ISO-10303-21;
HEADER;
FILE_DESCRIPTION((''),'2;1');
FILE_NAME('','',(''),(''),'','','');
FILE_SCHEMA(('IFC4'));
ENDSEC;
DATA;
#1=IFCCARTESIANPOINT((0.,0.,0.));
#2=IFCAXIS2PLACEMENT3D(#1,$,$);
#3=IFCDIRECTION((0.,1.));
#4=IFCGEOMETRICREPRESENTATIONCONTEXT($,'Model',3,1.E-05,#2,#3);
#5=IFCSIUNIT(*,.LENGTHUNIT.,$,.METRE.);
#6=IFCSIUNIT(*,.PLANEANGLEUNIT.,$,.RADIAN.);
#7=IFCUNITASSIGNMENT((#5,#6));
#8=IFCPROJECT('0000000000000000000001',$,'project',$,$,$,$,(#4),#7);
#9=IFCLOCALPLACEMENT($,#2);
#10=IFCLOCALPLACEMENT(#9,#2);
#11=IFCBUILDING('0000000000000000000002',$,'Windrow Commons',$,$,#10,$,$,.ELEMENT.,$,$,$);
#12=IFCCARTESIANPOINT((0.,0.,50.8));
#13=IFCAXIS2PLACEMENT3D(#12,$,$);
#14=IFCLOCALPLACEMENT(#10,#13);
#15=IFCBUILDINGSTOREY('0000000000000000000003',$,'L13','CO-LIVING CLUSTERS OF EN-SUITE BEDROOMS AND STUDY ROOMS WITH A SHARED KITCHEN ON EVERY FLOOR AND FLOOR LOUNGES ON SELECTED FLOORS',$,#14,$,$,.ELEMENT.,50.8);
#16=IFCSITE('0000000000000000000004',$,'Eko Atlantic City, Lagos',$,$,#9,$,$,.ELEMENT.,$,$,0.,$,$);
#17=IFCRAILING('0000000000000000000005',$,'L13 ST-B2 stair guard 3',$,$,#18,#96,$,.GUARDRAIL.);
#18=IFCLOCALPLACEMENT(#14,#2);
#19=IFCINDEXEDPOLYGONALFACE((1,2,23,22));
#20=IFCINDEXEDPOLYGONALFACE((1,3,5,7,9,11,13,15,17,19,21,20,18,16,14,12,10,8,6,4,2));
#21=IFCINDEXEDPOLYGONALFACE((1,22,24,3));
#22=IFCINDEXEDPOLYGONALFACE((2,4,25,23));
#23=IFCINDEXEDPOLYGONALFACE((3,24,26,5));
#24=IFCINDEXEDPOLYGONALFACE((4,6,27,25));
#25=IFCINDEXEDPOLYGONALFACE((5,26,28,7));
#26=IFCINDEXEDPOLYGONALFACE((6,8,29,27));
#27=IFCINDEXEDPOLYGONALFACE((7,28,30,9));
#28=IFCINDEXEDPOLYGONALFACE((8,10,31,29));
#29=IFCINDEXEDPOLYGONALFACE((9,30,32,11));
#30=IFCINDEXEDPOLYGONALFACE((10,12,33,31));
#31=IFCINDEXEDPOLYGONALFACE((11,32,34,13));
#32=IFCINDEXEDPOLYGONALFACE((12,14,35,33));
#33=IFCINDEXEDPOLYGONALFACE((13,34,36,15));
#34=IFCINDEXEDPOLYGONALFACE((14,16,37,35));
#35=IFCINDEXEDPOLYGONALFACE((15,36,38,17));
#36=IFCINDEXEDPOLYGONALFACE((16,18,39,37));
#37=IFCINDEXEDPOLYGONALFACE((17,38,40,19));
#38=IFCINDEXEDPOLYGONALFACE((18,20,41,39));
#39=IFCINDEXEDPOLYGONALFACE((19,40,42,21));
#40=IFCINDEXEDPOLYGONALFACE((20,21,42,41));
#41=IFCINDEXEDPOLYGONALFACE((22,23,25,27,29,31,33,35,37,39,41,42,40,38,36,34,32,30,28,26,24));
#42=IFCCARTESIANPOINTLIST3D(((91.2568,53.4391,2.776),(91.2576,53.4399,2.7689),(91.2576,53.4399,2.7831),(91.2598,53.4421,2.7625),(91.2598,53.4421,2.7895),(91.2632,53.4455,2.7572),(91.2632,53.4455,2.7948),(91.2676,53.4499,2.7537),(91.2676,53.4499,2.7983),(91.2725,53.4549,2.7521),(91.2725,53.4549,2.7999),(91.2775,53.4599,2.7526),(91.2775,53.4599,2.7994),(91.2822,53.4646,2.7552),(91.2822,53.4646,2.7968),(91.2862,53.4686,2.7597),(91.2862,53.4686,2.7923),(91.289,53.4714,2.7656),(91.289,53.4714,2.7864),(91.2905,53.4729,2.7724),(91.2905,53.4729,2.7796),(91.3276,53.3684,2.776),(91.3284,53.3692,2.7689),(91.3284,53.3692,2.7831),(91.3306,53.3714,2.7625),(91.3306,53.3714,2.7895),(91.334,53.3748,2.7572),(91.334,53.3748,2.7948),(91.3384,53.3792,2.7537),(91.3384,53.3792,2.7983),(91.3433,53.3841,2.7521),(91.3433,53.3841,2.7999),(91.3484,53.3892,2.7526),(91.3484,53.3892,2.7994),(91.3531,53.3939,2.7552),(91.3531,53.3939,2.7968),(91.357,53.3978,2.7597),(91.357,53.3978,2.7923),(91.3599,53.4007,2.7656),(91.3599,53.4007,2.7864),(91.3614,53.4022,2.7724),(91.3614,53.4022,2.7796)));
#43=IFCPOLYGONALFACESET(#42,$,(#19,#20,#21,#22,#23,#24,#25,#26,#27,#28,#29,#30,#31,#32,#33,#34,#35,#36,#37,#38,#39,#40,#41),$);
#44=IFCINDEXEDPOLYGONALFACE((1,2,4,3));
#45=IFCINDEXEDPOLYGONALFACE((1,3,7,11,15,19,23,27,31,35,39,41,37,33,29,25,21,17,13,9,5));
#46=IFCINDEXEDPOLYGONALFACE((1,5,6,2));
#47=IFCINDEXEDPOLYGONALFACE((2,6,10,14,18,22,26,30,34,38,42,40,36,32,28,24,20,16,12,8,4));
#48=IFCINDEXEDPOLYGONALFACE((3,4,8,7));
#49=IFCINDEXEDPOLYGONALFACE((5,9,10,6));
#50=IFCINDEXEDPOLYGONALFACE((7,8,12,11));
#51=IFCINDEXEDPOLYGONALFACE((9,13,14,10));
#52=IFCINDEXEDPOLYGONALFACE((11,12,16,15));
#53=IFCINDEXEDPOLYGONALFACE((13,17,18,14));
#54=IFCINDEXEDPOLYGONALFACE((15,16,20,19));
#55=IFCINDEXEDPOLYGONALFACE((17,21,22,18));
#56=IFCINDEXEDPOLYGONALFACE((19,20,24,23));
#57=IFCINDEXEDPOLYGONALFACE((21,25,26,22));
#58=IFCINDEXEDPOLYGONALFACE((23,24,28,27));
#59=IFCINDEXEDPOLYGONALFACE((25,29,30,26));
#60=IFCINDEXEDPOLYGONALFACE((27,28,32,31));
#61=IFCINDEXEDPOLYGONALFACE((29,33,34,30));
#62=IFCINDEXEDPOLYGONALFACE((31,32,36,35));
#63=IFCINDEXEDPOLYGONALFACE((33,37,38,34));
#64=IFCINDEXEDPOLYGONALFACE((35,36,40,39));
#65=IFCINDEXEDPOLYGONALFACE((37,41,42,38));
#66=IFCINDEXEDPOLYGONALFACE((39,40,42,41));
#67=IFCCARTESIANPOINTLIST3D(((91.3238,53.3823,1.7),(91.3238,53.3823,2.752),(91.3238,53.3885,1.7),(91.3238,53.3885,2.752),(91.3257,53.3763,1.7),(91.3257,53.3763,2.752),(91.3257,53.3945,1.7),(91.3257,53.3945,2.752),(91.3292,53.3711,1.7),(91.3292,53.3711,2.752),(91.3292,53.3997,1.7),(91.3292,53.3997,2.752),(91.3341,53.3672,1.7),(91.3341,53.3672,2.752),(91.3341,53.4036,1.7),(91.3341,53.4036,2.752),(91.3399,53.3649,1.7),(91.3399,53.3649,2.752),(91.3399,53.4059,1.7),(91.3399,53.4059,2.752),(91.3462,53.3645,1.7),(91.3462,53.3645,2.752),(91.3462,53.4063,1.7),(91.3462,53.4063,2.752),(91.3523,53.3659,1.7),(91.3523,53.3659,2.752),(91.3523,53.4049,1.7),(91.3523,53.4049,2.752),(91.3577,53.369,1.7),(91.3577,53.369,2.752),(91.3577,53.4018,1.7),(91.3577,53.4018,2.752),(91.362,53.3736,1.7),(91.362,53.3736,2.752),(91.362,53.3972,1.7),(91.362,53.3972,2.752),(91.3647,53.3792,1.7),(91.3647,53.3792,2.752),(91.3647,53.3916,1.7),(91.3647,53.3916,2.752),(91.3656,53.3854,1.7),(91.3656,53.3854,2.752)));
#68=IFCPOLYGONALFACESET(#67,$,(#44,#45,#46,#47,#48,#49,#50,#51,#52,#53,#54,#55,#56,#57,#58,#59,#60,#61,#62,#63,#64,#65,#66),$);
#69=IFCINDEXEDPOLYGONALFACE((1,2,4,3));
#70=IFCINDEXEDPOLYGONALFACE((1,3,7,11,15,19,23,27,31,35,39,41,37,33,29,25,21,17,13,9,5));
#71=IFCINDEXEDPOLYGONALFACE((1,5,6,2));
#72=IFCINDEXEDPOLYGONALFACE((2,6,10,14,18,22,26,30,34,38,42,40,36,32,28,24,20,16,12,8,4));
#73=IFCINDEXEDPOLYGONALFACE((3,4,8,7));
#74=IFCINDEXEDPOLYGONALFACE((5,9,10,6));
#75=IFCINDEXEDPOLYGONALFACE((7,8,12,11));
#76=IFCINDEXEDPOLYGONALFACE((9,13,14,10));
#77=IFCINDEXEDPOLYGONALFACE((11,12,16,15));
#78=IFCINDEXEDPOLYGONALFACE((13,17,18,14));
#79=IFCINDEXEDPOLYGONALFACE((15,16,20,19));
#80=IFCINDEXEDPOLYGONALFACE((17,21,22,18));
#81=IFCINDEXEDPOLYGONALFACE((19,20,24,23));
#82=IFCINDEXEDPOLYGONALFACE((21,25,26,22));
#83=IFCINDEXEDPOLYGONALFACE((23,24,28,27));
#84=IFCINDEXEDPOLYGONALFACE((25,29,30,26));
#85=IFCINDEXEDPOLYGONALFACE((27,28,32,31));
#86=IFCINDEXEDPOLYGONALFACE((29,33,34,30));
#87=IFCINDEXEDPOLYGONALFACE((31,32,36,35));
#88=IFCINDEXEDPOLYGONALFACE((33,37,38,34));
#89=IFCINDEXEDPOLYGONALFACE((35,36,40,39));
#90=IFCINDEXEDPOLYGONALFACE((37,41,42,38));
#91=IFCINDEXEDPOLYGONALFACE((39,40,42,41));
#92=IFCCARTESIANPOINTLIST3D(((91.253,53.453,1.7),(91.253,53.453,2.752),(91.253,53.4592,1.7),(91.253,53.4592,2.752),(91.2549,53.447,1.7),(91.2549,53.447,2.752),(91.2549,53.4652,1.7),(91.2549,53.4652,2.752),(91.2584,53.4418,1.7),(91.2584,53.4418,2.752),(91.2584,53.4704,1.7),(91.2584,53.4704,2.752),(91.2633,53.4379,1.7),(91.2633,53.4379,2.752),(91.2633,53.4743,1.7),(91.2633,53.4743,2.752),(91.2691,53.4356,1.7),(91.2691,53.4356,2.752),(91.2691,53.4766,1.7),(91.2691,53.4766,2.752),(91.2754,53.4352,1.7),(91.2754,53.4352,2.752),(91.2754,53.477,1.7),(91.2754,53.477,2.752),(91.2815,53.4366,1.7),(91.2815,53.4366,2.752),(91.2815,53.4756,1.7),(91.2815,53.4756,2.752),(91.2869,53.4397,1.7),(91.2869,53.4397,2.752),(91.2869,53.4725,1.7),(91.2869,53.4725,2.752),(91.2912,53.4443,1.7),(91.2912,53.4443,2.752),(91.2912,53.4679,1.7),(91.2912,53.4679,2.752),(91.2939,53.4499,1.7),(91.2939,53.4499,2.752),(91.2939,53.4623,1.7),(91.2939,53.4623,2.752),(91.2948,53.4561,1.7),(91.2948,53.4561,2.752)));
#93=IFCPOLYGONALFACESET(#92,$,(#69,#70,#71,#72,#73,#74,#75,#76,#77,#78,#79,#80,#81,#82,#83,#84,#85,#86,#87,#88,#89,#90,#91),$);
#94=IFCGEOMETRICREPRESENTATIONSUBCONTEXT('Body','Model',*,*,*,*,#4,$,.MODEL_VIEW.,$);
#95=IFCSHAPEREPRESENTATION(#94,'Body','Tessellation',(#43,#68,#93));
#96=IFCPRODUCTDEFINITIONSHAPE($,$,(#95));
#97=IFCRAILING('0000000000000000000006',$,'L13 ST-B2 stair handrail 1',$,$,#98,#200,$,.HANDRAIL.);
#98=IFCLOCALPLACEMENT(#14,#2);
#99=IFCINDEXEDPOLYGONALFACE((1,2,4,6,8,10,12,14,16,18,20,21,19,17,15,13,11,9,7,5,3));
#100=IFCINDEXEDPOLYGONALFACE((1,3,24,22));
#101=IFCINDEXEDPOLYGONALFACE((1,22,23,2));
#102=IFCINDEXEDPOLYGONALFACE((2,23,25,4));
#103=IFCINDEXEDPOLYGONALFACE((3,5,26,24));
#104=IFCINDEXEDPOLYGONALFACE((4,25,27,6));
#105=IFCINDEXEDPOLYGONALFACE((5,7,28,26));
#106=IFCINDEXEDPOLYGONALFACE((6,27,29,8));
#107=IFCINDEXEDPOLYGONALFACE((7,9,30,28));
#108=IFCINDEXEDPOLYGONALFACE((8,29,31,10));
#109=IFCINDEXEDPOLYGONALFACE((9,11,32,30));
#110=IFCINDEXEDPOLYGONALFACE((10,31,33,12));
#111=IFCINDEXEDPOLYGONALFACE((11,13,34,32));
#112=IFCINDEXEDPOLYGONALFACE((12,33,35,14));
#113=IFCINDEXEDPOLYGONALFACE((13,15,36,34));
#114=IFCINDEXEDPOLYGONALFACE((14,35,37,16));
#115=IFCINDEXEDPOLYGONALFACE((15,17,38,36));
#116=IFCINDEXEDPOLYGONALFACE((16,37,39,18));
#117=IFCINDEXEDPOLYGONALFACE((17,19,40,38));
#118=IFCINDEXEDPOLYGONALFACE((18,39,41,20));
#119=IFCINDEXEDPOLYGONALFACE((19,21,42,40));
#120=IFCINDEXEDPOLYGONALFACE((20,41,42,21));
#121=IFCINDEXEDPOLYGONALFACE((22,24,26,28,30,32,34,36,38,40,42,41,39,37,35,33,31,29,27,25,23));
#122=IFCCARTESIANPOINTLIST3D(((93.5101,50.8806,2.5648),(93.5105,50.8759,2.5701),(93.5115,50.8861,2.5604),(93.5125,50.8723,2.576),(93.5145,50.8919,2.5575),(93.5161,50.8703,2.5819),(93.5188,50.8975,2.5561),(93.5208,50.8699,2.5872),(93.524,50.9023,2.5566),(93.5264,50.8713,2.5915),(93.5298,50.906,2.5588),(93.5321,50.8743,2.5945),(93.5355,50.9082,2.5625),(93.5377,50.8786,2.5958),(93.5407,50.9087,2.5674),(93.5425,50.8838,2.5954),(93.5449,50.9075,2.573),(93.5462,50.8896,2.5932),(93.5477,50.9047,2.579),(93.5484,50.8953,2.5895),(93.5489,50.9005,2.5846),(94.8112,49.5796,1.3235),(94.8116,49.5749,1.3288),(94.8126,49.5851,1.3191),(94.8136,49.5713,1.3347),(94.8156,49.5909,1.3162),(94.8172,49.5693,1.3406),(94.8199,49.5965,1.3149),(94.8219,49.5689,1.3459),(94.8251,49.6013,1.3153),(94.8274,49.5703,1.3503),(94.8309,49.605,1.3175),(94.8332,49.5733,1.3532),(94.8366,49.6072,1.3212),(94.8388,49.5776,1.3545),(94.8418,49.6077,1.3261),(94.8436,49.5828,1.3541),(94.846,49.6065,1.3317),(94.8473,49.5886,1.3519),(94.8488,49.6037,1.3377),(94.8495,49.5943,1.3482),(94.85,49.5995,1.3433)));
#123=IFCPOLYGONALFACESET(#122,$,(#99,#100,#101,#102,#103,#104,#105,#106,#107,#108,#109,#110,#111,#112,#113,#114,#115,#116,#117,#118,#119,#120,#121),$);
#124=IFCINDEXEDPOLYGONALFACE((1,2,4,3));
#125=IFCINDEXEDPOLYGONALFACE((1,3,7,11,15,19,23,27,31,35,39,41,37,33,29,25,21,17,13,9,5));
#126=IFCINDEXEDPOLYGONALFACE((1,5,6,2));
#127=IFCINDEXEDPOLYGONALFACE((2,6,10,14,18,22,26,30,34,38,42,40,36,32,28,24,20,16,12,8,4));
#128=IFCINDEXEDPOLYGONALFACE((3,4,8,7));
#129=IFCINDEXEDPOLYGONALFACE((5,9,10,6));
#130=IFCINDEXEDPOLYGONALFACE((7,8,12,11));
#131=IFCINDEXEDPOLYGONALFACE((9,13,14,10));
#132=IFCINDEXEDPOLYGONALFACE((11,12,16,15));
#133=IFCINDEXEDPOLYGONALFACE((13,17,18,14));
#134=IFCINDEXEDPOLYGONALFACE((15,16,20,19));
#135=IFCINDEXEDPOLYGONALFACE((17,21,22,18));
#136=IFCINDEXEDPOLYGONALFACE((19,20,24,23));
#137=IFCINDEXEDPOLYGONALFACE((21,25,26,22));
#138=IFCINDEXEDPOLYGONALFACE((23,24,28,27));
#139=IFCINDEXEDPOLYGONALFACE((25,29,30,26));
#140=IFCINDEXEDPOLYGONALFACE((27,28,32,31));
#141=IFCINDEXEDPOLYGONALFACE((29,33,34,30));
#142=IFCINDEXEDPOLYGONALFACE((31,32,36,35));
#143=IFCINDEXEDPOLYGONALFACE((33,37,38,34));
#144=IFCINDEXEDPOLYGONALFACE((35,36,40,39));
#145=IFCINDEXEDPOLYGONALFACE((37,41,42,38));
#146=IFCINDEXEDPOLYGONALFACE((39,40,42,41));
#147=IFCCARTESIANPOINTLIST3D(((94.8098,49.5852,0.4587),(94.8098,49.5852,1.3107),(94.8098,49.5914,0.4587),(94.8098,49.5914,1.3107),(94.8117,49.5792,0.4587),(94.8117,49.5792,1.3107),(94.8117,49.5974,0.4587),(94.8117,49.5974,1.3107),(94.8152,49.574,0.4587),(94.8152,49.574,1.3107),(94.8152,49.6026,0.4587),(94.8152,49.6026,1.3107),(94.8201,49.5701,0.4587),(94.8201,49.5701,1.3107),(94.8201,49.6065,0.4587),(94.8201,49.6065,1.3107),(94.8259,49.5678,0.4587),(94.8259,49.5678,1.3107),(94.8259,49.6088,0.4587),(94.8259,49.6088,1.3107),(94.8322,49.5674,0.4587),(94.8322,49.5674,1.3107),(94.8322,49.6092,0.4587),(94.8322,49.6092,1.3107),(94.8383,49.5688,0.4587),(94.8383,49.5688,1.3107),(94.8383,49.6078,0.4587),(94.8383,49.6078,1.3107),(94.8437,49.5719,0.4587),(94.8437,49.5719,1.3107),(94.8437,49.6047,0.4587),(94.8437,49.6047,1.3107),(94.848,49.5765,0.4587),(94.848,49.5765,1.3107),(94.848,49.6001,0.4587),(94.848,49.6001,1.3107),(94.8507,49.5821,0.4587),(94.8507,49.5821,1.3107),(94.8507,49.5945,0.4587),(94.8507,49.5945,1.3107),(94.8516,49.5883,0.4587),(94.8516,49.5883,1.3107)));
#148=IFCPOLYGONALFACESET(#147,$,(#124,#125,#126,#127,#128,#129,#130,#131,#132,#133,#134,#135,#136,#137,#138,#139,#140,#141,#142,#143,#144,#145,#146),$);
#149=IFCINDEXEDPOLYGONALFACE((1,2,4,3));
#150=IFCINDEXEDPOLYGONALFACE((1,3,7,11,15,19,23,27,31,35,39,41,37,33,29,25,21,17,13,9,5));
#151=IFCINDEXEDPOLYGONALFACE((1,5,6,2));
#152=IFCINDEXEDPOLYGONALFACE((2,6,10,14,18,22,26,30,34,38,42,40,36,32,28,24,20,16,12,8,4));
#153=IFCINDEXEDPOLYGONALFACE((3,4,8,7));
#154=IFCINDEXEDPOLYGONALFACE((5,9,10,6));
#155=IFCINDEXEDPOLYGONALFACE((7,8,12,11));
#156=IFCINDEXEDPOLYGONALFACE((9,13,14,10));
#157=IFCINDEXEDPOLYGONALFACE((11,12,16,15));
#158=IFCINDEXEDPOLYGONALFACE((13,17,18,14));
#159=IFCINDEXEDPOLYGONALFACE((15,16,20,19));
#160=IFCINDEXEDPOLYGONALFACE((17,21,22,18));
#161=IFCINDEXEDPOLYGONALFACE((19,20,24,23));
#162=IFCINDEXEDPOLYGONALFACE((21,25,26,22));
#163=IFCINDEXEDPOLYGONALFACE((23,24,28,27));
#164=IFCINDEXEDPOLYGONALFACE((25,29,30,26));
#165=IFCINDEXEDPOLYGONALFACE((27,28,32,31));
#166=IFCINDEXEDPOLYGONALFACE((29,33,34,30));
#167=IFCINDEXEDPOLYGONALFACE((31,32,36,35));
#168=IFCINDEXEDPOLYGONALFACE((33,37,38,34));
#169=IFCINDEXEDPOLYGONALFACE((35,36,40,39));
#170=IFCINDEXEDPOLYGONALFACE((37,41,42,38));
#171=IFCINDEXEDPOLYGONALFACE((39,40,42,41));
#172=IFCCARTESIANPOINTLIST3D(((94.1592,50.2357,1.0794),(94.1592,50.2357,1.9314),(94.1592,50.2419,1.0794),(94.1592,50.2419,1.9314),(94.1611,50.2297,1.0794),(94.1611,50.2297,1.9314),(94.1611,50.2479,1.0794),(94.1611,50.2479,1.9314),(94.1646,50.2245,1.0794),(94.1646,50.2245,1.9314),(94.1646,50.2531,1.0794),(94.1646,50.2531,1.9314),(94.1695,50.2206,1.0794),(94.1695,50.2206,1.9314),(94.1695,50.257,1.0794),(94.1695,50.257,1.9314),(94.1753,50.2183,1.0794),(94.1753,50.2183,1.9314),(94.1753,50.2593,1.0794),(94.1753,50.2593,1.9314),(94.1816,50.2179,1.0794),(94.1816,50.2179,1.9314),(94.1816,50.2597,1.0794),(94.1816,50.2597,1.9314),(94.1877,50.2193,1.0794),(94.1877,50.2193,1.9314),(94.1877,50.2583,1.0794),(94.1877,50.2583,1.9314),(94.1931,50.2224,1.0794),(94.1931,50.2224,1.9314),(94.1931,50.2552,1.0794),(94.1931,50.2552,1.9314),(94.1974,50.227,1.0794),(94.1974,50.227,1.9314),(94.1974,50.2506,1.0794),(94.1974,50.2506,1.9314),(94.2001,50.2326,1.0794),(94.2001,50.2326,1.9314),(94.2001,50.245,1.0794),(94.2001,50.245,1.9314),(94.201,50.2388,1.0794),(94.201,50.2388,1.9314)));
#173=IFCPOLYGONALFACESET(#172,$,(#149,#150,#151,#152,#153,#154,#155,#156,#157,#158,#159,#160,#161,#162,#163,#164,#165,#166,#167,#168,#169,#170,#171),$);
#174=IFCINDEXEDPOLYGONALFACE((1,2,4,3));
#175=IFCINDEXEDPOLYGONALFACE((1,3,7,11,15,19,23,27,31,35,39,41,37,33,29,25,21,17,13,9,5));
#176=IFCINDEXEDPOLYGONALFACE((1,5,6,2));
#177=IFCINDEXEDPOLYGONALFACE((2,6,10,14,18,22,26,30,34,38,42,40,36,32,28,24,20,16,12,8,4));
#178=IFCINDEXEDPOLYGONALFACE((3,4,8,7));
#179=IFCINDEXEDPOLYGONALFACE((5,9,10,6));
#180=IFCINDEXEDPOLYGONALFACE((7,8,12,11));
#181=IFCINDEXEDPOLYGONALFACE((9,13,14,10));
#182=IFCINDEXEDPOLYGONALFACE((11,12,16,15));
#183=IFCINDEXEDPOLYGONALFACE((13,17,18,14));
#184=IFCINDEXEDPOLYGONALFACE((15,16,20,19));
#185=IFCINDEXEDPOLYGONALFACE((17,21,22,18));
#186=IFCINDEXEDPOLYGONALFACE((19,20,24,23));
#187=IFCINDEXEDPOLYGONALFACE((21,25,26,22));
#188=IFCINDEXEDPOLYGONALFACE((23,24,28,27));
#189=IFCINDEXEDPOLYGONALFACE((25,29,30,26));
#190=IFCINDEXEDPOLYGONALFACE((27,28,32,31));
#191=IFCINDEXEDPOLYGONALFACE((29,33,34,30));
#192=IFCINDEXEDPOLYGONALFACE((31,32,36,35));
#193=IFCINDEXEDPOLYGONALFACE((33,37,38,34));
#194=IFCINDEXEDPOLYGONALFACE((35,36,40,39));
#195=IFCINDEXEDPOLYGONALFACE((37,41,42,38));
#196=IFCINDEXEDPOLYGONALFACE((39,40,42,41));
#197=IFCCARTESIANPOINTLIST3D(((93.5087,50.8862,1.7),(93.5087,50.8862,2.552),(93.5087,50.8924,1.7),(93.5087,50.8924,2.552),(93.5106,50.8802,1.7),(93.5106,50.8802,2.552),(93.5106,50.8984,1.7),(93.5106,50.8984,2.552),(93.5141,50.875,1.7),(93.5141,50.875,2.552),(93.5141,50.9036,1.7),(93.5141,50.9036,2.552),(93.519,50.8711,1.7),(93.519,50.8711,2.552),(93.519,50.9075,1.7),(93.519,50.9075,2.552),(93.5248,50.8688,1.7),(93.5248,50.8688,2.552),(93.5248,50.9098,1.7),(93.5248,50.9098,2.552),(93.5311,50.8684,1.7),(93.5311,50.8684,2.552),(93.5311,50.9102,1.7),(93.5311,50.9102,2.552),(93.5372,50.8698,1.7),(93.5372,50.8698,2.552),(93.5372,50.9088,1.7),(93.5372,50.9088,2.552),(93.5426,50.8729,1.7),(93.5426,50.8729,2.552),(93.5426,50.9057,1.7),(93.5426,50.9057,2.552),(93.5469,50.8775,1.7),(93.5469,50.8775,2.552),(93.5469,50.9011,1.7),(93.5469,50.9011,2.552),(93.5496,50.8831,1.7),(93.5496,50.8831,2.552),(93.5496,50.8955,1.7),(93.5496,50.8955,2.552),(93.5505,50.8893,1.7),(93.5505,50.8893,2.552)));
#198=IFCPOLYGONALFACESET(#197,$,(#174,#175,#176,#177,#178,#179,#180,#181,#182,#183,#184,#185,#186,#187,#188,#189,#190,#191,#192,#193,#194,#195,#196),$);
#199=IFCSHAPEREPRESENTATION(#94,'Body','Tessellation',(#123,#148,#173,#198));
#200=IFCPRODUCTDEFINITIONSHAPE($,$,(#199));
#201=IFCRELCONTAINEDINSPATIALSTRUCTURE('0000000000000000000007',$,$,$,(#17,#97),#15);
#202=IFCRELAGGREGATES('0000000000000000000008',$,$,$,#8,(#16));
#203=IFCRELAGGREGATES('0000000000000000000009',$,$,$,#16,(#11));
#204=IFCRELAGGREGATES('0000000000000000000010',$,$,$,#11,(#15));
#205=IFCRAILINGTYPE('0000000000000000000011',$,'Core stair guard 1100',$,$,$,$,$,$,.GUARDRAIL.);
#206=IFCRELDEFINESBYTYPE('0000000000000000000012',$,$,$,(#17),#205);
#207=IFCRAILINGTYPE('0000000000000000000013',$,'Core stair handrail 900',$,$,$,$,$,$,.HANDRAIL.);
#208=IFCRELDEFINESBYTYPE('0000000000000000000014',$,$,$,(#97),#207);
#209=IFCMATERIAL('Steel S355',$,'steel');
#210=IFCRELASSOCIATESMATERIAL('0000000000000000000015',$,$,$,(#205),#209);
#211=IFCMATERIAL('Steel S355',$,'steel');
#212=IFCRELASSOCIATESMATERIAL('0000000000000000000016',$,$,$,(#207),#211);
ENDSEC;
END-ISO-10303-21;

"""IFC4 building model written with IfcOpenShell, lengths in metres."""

from ifc_helpers import new_model, si_unit, direction, frame, origin, origin_2d, place, context, subcontext, project, spatial, circle, extrude, material, type_object, element, save


model = new_model("IFC4")

# Units and contexts
model_context = context("Model", 3, precision=1e-05, world=origin(), true_north=direction((0.0, 1.0)))
body_context = subcontext(model_context, "Body", "Model", "MODEL_VIEW")
ifc_project = project(units=[si_unit("LENGTHUNIT", "METRE"), si_unit("PLANEANGLEUNIT", "RADIAN")], contexts=[model_context])

# Site, building, storey
site_placement = place(None, origin())
site = spatial("IfcSite", under=ifc_project, at=site_placement, Name="Eko Atlantic City, Lagos", CompositionType="ELEMENT", RefElevation=0.0)
building_placement = place(site_placement, origin())
building = spatial("IfcBuilding", under=site, at=building_placement, Name="Windrow Commons", CompositionType="ELEMENT")
storey_placement = place(building_placement, frame((0.0, 0.0, 50.8)))
storey = spatial("IfcBuildingStorey", under=building, at=storey_placement, Name="L13", Description="CO-LIVING CLUSTERS OF EN-SUITE BEDROOMS AND STUDY ROOMS WITH A SHARED KITCHEN ON EVERY FLOOR AND FLOOR LOUNGES ON SELECTED FLOORS", CompositionType="ELEMENT", Elevation=50.8)

# Railings
ifc_material_1 = material(Name="Steel S355", Category="steel")
railing_type_1 = type_object("IfcRailingType", Name="Core stair guard 1100", PredefinedType="GUARDRAIL", material=ifc_material_1)
railing_1_placement = place(storey_placement, frame((91.3446, 53.3854, 1.7)))
element("IfcRailing", 1, at=railing_1_placement, inside=storey, type_object=railing_type_1, Name="L13 ST-B2 stair guard 3", PredefinedType="GUARDRAIL", context=body_context, shape_type="SweptSolid", body=[
    extrude(circle(Radius=0.024, at=origin_2d()), frame((0.0, 0.0, 1.076), z_axis=(-0.707606, 0.706607, 0.0), x_axis=(-0.706607, -0.707606, 0.0)), (0.0, 0.0, 1.0), 0.1001),
    extrude(circle(Radius=0.021, at=origin_2d()), origin(), (0.0, 0.0, 1.0), 1.052),
    extrude(circle(Radius=0.021, at=origin_2d()), frame((-0.0708, 0.0707, 0.0)), (0.0, 0.0, 1.0), 1.052),
])
ifc_material_2 = material(Name="Steel S355", Category="steel")
railing_type_2 = type_object("IfcRailingType", Name="Core stair handrail 900", PredefinedType="HANDRAIL", material=ifc_material_2)
railing_2_placement = place(storey_placement, frame((94.8306, 49.5883, 0.4587)))
element("IfcRailing", 2, at=railing_2_placement, inside=storey, type_object=railing_type_2, Name="L13 ST-B2 stair handrail 1", PredefinedType="HANDRAIL", context=body_context, shape_type="SweptSolid", body=[
    extrude(circle(Radius=0.024, at=origin_2d()), frame((0.0, 0.0, 0.876), z_axis=(-0.586207, 0.586162, 0.559264), x_axis=(-0.70708, -0.707134, 0.0)), (0.0, 0.0, 1.0), 2.2195),
    extrude(circle(Radius=0.021, at=origin_2d()), origin(), (0.0, 0.0, 1.0), 0.852),
    extrude(circle(Radius=0.021, at=origin_2d()), frame((-0.6506, 0.6505, 0.6207)), (0.0, 0.0, 1.0), 0.852),
    extrude(circle(Radius=0.021, at=origin_2d()), frame((-1.3011, 1.301, 1.2413)), (0.0, 0.0, 1.0), 0.852),
])

save(model, "model.ifc")
